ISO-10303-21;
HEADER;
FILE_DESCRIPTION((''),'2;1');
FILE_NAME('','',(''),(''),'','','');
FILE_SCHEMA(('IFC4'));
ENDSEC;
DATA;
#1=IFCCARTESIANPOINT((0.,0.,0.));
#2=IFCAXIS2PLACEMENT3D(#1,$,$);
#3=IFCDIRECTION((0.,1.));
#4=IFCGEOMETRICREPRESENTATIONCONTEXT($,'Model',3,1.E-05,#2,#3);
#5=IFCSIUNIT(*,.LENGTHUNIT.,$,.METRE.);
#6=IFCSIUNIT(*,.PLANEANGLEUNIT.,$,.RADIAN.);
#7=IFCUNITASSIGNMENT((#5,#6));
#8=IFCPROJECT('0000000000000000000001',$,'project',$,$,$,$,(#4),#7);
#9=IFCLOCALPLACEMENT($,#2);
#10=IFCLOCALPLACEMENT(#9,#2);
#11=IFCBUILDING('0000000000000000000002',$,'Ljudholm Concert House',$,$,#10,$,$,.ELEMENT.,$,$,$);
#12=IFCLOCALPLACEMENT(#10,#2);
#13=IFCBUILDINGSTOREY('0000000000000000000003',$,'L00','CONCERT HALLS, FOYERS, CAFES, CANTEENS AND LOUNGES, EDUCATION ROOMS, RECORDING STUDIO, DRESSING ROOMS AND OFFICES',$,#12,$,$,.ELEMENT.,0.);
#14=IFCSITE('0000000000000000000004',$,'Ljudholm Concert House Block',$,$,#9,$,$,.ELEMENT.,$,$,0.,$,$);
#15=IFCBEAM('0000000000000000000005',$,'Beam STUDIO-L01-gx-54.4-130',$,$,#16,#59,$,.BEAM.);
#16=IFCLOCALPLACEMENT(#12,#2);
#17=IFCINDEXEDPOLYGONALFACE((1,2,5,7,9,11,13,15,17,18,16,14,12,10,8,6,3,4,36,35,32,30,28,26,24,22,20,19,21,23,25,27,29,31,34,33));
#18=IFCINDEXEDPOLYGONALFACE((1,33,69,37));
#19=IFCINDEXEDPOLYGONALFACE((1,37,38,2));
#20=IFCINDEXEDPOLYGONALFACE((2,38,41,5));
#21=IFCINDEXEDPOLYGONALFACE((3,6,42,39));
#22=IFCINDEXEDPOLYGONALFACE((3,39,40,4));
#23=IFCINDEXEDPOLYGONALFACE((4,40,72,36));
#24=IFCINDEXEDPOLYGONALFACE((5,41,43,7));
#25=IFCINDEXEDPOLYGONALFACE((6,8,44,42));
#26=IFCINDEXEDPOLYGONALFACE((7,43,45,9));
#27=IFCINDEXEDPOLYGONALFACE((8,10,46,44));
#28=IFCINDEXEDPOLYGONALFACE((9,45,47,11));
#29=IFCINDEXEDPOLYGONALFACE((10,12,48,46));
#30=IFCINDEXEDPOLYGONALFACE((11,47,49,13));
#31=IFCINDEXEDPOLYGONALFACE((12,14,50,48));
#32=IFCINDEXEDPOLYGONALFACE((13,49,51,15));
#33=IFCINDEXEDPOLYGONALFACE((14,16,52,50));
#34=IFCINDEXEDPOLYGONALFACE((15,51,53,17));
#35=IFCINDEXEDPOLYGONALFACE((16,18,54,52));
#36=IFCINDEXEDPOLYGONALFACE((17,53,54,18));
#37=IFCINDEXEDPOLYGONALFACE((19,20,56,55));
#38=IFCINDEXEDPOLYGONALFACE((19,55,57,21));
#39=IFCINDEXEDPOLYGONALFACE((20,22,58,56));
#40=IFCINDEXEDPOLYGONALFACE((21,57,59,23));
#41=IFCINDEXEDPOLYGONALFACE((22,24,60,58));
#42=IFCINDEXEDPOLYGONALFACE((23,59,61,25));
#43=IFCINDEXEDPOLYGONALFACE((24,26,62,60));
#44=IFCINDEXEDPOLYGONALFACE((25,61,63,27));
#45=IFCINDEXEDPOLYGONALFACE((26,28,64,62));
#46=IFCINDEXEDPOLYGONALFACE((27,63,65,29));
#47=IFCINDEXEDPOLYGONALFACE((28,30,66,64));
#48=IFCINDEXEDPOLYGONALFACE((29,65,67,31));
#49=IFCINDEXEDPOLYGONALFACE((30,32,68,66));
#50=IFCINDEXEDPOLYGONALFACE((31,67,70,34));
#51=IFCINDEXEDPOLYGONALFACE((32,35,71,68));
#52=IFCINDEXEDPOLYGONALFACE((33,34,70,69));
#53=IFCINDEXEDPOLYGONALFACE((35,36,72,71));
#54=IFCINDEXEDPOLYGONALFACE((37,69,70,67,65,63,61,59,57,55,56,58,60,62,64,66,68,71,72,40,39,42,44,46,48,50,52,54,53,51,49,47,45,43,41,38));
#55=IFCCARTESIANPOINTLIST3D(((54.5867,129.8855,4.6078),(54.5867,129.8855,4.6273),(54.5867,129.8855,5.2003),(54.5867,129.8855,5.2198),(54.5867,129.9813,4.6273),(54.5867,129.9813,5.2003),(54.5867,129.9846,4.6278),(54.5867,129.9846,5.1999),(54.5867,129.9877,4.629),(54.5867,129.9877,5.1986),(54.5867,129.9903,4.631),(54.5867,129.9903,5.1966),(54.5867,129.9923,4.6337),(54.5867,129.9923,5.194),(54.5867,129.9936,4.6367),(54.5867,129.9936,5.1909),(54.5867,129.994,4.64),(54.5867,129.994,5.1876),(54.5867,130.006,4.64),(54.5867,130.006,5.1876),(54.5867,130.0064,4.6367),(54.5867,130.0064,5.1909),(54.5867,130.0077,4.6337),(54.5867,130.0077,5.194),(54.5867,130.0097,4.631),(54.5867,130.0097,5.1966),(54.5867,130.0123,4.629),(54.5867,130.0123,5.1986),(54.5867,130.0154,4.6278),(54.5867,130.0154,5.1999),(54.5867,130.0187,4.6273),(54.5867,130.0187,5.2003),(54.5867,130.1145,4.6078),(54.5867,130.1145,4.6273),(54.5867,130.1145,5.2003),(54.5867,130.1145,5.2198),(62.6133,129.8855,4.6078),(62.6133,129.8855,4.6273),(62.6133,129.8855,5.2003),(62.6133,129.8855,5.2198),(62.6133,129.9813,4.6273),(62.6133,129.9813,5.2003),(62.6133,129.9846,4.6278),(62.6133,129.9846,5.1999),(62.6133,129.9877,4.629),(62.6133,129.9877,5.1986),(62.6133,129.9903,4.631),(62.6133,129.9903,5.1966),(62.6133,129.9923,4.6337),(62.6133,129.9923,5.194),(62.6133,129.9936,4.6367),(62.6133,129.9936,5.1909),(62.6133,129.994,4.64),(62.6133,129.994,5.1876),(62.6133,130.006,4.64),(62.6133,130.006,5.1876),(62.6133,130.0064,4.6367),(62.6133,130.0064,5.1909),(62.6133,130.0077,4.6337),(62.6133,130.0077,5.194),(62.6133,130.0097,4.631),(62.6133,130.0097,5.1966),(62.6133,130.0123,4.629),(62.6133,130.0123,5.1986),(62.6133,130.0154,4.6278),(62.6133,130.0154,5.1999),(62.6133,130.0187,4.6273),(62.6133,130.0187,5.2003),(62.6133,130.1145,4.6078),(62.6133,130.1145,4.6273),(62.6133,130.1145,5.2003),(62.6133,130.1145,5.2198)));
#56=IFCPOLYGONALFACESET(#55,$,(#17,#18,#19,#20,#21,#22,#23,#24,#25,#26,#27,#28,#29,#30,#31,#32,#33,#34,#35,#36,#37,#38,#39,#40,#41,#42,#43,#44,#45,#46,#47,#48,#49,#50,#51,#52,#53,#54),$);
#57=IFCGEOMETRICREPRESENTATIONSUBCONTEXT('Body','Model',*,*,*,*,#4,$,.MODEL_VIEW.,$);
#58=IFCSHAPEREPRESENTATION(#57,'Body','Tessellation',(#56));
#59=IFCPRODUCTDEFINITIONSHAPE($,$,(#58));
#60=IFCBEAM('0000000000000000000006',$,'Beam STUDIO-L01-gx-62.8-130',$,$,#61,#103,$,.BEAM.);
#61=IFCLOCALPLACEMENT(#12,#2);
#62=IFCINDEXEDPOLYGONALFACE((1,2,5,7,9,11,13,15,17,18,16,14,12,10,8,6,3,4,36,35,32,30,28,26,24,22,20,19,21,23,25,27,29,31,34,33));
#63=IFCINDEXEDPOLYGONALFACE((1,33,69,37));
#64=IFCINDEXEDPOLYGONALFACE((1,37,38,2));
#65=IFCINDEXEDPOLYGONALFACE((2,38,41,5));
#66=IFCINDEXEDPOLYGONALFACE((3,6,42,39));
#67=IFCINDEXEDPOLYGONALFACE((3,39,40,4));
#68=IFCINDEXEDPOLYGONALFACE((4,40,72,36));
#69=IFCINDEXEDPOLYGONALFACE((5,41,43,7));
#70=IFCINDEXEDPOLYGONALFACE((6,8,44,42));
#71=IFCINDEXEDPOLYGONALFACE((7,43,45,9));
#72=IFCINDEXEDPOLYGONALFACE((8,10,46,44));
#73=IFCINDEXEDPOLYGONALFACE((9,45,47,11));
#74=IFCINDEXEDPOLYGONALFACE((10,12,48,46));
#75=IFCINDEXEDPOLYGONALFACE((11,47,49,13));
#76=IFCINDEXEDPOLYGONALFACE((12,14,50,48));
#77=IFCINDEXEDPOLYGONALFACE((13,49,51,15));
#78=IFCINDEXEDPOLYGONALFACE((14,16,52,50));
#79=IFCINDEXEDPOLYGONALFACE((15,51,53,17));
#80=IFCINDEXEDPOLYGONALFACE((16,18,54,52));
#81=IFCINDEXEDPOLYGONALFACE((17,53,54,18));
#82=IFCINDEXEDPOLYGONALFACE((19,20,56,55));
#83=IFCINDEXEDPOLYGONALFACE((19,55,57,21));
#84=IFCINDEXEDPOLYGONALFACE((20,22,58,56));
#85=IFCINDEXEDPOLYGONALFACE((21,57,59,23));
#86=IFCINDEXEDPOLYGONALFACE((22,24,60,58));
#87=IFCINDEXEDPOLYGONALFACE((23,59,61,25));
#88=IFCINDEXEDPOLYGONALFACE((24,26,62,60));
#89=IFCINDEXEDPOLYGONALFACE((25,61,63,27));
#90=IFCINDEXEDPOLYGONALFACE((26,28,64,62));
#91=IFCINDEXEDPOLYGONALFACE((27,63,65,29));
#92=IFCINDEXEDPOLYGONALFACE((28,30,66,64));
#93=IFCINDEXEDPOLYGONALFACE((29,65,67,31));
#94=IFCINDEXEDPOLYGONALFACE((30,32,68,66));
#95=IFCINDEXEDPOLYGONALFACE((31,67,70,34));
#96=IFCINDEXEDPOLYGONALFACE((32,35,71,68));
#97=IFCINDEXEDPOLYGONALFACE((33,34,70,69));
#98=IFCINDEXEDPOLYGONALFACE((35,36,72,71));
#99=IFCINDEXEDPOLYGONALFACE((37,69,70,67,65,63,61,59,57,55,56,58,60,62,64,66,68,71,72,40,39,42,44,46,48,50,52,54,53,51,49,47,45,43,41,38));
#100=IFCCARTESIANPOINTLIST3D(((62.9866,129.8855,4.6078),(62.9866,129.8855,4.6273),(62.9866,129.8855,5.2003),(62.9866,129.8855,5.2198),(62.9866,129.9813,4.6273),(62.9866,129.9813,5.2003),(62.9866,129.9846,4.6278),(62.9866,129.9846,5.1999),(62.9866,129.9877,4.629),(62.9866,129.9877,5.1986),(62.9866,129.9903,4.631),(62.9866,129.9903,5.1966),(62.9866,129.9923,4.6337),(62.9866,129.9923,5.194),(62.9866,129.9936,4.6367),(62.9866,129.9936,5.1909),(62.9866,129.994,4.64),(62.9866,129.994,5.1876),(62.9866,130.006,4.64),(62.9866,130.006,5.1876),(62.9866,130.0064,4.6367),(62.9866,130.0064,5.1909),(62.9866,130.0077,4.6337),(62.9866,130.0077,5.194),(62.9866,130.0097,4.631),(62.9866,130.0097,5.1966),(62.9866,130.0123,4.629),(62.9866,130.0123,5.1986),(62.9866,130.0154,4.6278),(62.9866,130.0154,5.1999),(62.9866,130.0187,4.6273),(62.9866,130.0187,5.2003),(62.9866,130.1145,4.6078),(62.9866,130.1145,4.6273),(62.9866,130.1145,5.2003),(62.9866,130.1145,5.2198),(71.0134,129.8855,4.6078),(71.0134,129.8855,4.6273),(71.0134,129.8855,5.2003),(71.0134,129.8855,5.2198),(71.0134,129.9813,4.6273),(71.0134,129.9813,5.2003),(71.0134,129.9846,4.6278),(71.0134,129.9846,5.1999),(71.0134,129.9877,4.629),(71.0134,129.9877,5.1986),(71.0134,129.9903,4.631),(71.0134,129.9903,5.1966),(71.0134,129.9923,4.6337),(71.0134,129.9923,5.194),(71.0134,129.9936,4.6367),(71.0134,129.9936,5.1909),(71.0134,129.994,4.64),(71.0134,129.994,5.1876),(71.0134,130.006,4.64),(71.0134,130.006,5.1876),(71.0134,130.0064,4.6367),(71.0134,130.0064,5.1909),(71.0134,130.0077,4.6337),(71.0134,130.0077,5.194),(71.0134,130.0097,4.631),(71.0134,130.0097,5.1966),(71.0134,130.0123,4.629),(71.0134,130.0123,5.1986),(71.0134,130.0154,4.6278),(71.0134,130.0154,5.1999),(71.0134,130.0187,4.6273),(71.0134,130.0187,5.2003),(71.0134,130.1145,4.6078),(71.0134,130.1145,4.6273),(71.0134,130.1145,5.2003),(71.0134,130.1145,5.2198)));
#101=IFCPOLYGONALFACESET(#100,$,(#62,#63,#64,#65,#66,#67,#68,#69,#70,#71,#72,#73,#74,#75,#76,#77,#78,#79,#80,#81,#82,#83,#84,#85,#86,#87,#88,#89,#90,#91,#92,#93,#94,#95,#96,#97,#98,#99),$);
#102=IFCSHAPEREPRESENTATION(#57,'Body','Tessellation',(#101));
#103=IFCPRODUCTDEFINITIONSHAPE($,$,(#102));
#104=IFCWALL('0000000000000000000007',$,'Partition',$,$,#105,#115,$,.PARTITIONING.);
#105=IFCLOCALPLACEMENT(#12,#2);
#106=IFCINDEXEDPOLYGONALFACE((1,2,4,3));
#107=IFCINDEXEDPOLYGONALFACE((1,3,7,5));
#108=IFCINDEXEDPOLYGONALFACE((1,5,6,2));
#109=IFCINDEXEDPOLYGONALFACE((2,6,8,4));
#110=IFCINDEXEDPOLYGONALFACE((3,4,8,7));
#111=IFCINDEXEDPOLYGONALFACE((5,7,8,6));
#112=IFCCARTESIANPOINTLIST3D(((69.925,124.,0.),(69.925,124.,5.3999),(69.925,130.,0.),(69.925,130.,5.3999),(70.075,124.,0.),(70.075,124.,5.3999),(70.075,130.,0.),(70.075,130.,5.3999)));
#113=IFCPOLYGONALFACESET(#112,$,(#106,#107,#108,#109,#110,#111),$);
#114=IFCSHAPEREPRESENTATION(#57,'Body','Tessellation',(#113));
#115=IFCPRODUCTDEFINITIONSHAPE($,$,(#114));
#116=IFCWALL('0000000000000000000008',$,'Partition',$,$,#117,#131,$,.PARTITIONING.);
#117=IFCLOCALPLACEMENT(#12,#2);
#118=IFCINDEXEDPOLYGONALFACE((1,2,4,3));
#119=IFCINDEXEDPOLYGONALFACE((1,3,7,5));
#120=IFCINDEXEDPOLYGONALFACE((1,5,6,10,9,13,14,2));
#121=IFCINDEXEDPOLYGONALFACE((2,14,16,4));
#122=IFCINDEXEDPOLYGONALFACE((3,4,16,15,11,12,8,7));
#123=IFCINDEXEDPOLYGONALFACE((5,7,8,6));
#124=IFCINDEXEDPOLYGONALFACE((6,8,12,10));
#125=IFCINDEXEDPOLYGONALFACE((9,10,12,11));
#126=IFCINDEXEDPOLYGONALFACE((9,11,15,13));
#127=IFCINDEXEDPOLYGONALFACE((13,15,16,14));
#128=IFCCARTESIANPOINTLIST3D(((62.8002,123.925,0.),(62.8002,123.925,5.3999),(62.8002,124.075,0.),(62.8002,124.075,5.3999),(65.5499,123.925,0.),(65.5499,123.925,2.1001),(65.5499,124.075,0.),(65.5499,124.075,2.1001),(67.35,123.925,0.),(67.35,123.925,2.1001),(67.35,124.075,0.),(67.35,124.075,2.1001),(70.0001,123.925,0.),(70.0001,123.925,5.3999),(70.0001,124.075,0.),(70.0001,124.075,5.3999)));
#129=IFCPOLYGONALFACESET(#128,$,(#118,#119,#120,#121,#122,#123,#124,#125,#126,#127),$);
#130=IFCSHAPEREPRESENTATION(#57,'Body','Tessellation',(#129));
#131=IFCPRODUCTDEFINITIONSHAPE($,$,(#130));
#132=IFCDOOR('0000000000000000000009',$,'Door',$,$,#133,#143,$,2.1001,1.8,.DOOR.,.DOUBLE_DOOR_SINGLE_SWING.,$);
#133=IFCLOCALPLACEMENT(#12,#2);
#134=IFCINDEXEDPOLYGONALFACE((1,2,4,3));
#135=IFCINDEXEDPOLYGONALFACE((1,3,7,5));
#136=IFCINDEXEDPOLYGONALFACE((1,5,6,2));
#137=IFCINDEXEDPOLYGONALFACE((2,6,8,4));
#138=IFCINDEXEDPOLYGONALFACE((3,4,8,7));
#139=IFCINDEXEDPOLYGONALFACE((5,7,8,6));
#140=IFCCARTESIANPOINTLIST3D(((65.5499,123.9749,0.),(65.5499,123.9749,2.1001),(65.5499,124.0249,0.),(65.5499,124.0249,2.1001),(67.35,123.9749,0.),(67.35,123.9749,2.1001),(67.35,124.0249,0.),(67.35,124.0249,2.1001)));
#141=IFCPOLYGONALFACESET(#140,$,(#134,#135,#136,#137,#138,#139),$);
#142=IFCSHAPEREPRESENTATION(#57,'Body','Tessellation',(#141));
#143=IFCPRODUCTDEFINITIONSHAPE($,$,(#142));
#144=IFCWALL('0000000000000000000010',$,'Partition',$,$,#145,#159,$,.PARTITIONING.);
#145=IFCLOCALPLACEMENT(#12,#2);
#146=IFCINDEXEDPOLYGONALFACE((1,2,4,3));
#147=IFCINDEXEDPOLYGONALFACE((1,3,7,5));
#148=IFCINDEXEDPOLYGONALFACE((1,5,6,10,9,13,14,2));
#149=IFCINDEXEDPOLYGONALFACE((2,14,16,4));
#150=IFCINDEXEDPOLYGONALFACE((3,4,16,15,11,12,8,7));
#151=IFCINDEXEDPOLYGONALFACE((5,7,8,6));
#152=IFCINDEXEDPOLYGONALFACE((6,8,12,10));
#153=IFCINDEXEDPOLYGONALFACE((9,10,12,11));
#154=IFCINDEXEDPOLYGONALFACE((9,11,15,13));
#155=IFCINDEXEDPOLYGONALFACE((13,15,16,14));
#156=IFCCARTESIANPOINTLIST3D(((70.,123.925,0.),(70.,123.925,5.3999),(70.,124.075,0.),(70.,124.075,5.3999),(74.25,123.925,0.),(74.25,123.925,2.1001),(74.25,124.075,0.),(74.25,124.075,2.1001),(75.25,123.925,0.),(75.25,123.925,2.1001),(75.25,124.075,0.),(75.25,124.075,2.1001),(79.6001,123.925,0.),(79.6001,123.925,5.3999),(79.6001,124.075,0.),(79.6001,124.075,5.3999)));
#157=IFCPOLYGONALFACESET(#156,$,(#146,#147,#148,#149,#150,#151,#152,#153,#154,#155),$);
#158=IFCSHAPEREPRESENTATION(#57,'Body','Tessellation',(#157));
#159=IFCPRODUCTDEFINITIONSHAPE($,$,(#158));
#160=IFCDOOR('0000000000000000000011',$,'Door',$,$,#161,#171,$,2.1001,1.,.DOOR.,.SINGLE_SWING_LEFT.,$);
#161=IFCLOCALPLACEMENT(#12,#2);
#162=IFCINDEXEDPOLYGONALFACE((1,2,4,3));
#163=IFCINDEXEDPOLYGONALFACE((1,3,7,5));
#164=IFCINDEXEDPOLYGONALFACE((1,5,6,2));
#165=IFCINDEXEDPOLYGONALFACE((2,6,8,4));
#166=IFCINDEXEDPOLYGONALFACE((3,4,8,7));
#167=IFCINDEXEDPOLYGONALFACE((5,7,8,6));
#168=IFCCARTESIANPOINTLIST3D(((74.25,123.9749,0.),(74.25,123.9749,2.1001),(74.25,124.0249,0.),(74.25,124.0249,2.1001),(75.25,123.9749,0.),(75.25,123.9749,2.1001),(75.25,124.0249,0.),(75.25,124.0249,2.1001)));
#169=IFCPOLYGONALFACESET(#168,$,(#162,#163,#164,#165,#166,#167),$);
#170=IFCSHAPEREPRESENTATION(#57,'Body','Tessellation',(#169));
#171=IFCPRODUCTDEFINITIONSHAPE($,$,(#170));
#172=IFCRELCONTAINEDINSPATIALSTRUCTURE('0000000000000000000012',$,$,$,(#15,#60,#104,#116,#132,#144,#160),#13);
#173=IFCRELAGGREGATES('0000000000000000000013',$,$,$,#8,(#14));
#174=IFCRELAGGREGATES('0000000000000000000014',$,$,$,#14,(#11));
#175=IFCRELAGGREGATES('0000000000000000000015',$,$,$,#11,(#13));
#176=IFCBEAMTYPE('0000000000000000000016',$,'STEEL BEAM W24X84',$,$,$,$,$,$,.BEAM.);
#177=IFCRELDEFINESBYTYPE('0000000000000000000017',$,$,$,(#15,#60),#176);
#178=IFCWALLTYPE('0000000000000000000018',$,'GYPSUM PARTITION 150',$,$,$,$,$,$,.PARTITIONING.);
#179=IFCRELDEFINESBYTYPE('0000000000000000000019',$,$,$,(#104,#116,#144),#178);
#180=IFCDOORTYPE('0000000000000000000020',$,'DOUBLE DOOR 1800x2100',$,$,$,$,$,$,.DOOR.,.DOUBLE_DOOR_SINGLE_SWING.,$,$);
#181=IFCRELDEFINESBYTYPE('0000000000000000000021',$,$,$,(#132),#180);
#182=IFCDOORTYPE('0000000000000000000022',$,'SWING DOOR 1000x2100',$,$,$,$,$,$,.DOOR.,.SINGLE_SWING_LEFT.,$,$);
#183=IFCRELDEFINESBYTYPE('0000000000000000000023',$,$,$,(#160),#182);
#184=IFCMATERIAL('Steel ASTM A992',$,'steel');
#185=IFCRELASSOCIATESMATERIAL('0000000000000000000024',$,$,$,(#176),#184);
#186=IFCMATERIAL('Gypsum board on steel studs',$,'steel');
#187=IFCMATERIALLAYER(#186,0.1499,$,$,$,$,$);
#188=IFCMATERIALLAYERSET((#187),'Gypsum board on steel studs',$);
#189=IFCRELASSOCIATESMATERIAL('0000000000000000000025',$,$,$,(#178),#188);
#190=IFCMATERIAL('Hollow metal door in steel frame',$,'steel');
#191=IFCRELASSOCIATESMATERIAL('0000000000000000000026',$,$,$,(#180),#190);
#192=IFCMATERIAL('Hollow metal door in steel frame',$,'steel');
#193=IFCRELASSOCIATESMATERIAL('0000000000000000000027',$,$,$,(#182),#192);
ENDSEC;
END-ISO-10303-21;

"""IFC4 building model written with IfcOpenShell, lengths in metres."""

from ifc_helpers import new_model, si_unit, direction, frame, frame_2d, origin, origin_2d, place, context, subcontext, project, spatial, rectangle, i_section, extrude, material, layer, layer_set, material_profile, profile_set, type_object, element, fill, save


model = new_model("IFC4")

# Units and contexts
model_context = context("Model", 3, precision=1e-05, world=origin(), true_north=direction((0.0, 1.0)))
body_context = subcontext(model_context, "Body", "Model", "MODEL_VIEW")
ifc_project = project(units=[si_unit("LENGTHUNIT", "METRE"), si_unit("PLANEANGLEUNIT", "RADIAN")], contexts=[model_context])

# Site, building, storey
site_placement = place(None, origin())
site = spatial("IfcSite", under=ifc_project, at=site_placement, Name="Ljudholm Concert House Block", CompositionType="ELEMENT", RefElevation=0.0)
building_placement = place(site_placement, origin())
building = spatial("IfcBuilding", under=site, at=building_placement, Name="Ljudholm Concert House", CompositionType="ELEMENT")
storey_placement = place(building_placement, origin())
storey = spatial("IfcBuildingStorey", under=building, at=storey_placement, Name="L00", Description="CONCERT HALLS, FOYERS, CAFES, CANTEENS AND LOUNGES, EDUCATION ROOMS, RECORDING STUDIO, DRESSING ROOMS AND OFFICES", CompositionType="ELEMENT", Elevation=0.0)

# Beams
ifc_material_1 = material(Name="Steel ASTM A992", Category="steel")
ifc_material_profile_1 = material_profile(ifc_material_1, i_section(OverallWidth=0.229, OverallDepth=0.6121, WebThickness=0.012, FlangeThickness=0.0195, FilletRadius=0.0127, at=origin_2d()), Name="W24X84")
ifc_profile_set_1 = profile_set([ifc_material_profile_1], Name="Steel ASTM A992")
beam_type_1 = type_object("IfcBeamType", Name="STEEL BEAM W24X84", PredefinedType="BEAM", material=ifc_profile_set_1)
beam_1_placement = place(storey_placement, frame((54.5867, 130.0, 4.9138), z_axis=(1.0, 0.0, 0.0), x_axis=(0.0, 1.0, 0.0)))
element("IfcBeam", 1, at=beam_1_placement, inside=storey, type_object=beam_type_1, Name="Beam STUDIO-L01-gx-54.4-130", PredefinedType="BEAM", context=body_context, shape_type="SweptSolid", body=[
    extrude(i_section(OverallWidth=0.229, OverallDepth=0.6121, WebThickness=0.012, FlangeThickness=0.0195, FilletRadius=0.0127, at=origin_2d()), origin(), (0.0, 0.0, 1.0), 8.0266),
])
beam_2_placement = place(storey_placement, frame((62.9866, 130.0, 4.9138), z_axis=(1.0, 0.0, 0.0), x_axis=(0.0, 1.0, 0.0)))
element("IfcBeam", 2, at=beam_2_placement, inside=storey, type_object=beam_type_1, Name="Beam STUDIO-L01-gx-62.8-130", PredefinedType="BEAM", context=body_context, shape_type="SweptSolid", body=[
    extrude(i_section(OverallWidth=0.229, OverallDepth=0.6121, WebThickness=0.012, FlangeThickness=0.0195, FilletRadius=0.0127, at=origin_2d()), origin(), (0.0, 0.0, 1.0), 8.0269),
])

# Wall
ifc_material_2 = material(Name="Gypsum board on steel studs", Category="steel")
ifc_layer_1 = layer(ifc_material_2, 0.1499)
ifc_layer_set_1 = layer_set([ifc_layer_1], Name="Gypsum board on steel studs")
wall_type_1 = type_object("IfcWallType", Name="GYPSUM PARTITION 150", PredefinedType="PARTITIONING", material=ifc_layer_set_1)
wall_1_placement = place(storey_placement, frame((70.0, 124.0, 0.0), z_axis=(0.0, 0.0, 1.0), x_axis=(0.0, 1.0, 0.0)))
element("IfcWall", 3, at=wall_1_placement, inside=storey, type_object=wall_type_1, Name="Partition", PredefinedType="PARTITIONING", context=body_context, shape_type="SweptSolid", body=[
    extrude(rectangle(XDim=6.0, YDim=0.1499, at=frame_2d((3.0, 0.0))), origin(), (0.0, 0.0, 1.0), 5.3999),
])

# Walls, openings, doors
wall_2_placement = place(storey_placement, frame((62.8, 124.0, 0.0), z_axis=(0.0, 0.0, 1.0), x_axis=(1.0, 0.0, 0.0)))
wall_2 = element("IfcWall", 4, at=wall_2_placement, inside=storey, type_object=wall_type_1, Name="Partition", PredefinedType="PARTITIONING", context=body_context, shape_type="SweptSolid", body=[
    extrude(rectangle(XDim=7.2, YDim=0.1499, at=frame_2d((3.6001, 0.0))), origin(), (0.0, 0.0, 1.0), 5.3999),
])
opening_1_placement = place(wall_2_placement, frame((2.75, 0.0, 0.0)))
opening_1 = element("IfcOpeningElement", 5, at=opening_1_placement, cuts=wall_2, PredefinedType="OPENING", context=body_context, shape_type="SweptSolid", body=[
    extrude(rectangle(XDim=1.8, YDim=2.1001, at=frame_2d((0.8999, 1.05))), frame((0.0, 0.085, 0.0), z_axis=(0.0, -1.0, 0.0), x_axis=(1.0, 0.0, 0.0)), (0.0, 0.0, 1.0), 0.1699),
])
ifc_material_3 = material(Name="Hollow metal door in steel frame", Category="steel")
door_type_1 = type_object("IfcDoorType", Name="DOUBLE DOOR 1800x2100", OperationType="DOUBLE_DOOR_SINGLE_SWING", PredefinedType="DOOR", material=ifc_material_3)
door_1_placement = place(opening_1_placement, origin())
door_1 = element("IfcDoor", 6, at=door_1_placement, inside=storey, type_object=door_type_1, Name="Door", OperationType="DOUBLE_DOOR_SINGLE_SWING", OverallHeight=2.1001, OverallWidth=1.8, PredefinedType="DOOR", context=body_context, shape_type="SweptSolid", body=[
    extrude(rectangle(XDim=1.8, YDim=2.1001, at=frame_2d((0.8999, 1.05))), frame((0.0, 0.0249, 0.0), z_axis=(0.0, -1.0, 0.0), x_axis=(1.0, 0.0, 0.0)), (0.0, 0.0, 1.0), 0.05),
])
fill(opening_1, door_1)
wall_3_placement = place(storey_placement, frame((70.0, 124.0, 0.0), z_axis=(0.0, 0.0, 1.0), x_axis=(1.0, 0.0, 0.0)))
wall_3 = element("IfcWall", 7, at=wall_3_placement, inside=storey, type_object=wall_type_1, Name="Partition", PredefinedType="PARTITIONING", context=body_context, shape_type="SweptSolid", body=[
    extrude(rectangle(XDim=9.6001, YDim=0.1499, at=frame_2d((4.8, 0.0))), origin(), (0.0, 0.0, 1.0), 5.3999),
])
opening_2_placement = place(wall_3_placement, frame((4.25, 0.0, 0.0)))
opening_2 = element("IfcOpeningElement", 8, at=opening_2_placement, cuts=wall_3, PredefinedType="OPENING", context=body_context, shape_type="SweptSolid", body=[
    extrude(rectangle(XDim=1.0, YDim=2.1001, at=frame_2d((0.5, 1.05))), frame((0.0, 0.085, 0.0), z_axis=(0.0, -1.0, 0.0), x_axis=(1.0, 0.0, 0.0)), (0.0, 0.0, 1.0), 0.1699),
])
ifc_material_4 = material(Name="Hollow metal door in steel frame", Category="steel")
door_type_2 = type_object("IfcDoorType", Name="SWING DOOR 1000x2100", OperationType="SINGLE_SWING_LEFT", PredefinedType="DOOR", material=ifc_material_4)
door_2_placement = place(opening_2_placement, origin())
door_2 = element("IfcDoor", 9, at=door_2_placement, inside=storey, type_object=door_type_2, Name="Door", OperationType="SINGLE_SWING_LEFT", OverallHeight=2.1001, OverallWidth=1.0, PredefinedType="DOOR", context=body_context, shape_type="SweptSolid", body=[
    extrude(rectangle(XDim=1.0, YDim=2.1001, at=frame_2d((0.5, 1.05))), frame((0.0, 0.0249, 0.0), z_axis=(0.0, -1.0, 0.0), x_axis=(1.0, 0.0, 0.0)), (0.0, 0.0, 1.0), 0.05),
])
fill(opening_2, door_2)

save(model, "model.ifc")
